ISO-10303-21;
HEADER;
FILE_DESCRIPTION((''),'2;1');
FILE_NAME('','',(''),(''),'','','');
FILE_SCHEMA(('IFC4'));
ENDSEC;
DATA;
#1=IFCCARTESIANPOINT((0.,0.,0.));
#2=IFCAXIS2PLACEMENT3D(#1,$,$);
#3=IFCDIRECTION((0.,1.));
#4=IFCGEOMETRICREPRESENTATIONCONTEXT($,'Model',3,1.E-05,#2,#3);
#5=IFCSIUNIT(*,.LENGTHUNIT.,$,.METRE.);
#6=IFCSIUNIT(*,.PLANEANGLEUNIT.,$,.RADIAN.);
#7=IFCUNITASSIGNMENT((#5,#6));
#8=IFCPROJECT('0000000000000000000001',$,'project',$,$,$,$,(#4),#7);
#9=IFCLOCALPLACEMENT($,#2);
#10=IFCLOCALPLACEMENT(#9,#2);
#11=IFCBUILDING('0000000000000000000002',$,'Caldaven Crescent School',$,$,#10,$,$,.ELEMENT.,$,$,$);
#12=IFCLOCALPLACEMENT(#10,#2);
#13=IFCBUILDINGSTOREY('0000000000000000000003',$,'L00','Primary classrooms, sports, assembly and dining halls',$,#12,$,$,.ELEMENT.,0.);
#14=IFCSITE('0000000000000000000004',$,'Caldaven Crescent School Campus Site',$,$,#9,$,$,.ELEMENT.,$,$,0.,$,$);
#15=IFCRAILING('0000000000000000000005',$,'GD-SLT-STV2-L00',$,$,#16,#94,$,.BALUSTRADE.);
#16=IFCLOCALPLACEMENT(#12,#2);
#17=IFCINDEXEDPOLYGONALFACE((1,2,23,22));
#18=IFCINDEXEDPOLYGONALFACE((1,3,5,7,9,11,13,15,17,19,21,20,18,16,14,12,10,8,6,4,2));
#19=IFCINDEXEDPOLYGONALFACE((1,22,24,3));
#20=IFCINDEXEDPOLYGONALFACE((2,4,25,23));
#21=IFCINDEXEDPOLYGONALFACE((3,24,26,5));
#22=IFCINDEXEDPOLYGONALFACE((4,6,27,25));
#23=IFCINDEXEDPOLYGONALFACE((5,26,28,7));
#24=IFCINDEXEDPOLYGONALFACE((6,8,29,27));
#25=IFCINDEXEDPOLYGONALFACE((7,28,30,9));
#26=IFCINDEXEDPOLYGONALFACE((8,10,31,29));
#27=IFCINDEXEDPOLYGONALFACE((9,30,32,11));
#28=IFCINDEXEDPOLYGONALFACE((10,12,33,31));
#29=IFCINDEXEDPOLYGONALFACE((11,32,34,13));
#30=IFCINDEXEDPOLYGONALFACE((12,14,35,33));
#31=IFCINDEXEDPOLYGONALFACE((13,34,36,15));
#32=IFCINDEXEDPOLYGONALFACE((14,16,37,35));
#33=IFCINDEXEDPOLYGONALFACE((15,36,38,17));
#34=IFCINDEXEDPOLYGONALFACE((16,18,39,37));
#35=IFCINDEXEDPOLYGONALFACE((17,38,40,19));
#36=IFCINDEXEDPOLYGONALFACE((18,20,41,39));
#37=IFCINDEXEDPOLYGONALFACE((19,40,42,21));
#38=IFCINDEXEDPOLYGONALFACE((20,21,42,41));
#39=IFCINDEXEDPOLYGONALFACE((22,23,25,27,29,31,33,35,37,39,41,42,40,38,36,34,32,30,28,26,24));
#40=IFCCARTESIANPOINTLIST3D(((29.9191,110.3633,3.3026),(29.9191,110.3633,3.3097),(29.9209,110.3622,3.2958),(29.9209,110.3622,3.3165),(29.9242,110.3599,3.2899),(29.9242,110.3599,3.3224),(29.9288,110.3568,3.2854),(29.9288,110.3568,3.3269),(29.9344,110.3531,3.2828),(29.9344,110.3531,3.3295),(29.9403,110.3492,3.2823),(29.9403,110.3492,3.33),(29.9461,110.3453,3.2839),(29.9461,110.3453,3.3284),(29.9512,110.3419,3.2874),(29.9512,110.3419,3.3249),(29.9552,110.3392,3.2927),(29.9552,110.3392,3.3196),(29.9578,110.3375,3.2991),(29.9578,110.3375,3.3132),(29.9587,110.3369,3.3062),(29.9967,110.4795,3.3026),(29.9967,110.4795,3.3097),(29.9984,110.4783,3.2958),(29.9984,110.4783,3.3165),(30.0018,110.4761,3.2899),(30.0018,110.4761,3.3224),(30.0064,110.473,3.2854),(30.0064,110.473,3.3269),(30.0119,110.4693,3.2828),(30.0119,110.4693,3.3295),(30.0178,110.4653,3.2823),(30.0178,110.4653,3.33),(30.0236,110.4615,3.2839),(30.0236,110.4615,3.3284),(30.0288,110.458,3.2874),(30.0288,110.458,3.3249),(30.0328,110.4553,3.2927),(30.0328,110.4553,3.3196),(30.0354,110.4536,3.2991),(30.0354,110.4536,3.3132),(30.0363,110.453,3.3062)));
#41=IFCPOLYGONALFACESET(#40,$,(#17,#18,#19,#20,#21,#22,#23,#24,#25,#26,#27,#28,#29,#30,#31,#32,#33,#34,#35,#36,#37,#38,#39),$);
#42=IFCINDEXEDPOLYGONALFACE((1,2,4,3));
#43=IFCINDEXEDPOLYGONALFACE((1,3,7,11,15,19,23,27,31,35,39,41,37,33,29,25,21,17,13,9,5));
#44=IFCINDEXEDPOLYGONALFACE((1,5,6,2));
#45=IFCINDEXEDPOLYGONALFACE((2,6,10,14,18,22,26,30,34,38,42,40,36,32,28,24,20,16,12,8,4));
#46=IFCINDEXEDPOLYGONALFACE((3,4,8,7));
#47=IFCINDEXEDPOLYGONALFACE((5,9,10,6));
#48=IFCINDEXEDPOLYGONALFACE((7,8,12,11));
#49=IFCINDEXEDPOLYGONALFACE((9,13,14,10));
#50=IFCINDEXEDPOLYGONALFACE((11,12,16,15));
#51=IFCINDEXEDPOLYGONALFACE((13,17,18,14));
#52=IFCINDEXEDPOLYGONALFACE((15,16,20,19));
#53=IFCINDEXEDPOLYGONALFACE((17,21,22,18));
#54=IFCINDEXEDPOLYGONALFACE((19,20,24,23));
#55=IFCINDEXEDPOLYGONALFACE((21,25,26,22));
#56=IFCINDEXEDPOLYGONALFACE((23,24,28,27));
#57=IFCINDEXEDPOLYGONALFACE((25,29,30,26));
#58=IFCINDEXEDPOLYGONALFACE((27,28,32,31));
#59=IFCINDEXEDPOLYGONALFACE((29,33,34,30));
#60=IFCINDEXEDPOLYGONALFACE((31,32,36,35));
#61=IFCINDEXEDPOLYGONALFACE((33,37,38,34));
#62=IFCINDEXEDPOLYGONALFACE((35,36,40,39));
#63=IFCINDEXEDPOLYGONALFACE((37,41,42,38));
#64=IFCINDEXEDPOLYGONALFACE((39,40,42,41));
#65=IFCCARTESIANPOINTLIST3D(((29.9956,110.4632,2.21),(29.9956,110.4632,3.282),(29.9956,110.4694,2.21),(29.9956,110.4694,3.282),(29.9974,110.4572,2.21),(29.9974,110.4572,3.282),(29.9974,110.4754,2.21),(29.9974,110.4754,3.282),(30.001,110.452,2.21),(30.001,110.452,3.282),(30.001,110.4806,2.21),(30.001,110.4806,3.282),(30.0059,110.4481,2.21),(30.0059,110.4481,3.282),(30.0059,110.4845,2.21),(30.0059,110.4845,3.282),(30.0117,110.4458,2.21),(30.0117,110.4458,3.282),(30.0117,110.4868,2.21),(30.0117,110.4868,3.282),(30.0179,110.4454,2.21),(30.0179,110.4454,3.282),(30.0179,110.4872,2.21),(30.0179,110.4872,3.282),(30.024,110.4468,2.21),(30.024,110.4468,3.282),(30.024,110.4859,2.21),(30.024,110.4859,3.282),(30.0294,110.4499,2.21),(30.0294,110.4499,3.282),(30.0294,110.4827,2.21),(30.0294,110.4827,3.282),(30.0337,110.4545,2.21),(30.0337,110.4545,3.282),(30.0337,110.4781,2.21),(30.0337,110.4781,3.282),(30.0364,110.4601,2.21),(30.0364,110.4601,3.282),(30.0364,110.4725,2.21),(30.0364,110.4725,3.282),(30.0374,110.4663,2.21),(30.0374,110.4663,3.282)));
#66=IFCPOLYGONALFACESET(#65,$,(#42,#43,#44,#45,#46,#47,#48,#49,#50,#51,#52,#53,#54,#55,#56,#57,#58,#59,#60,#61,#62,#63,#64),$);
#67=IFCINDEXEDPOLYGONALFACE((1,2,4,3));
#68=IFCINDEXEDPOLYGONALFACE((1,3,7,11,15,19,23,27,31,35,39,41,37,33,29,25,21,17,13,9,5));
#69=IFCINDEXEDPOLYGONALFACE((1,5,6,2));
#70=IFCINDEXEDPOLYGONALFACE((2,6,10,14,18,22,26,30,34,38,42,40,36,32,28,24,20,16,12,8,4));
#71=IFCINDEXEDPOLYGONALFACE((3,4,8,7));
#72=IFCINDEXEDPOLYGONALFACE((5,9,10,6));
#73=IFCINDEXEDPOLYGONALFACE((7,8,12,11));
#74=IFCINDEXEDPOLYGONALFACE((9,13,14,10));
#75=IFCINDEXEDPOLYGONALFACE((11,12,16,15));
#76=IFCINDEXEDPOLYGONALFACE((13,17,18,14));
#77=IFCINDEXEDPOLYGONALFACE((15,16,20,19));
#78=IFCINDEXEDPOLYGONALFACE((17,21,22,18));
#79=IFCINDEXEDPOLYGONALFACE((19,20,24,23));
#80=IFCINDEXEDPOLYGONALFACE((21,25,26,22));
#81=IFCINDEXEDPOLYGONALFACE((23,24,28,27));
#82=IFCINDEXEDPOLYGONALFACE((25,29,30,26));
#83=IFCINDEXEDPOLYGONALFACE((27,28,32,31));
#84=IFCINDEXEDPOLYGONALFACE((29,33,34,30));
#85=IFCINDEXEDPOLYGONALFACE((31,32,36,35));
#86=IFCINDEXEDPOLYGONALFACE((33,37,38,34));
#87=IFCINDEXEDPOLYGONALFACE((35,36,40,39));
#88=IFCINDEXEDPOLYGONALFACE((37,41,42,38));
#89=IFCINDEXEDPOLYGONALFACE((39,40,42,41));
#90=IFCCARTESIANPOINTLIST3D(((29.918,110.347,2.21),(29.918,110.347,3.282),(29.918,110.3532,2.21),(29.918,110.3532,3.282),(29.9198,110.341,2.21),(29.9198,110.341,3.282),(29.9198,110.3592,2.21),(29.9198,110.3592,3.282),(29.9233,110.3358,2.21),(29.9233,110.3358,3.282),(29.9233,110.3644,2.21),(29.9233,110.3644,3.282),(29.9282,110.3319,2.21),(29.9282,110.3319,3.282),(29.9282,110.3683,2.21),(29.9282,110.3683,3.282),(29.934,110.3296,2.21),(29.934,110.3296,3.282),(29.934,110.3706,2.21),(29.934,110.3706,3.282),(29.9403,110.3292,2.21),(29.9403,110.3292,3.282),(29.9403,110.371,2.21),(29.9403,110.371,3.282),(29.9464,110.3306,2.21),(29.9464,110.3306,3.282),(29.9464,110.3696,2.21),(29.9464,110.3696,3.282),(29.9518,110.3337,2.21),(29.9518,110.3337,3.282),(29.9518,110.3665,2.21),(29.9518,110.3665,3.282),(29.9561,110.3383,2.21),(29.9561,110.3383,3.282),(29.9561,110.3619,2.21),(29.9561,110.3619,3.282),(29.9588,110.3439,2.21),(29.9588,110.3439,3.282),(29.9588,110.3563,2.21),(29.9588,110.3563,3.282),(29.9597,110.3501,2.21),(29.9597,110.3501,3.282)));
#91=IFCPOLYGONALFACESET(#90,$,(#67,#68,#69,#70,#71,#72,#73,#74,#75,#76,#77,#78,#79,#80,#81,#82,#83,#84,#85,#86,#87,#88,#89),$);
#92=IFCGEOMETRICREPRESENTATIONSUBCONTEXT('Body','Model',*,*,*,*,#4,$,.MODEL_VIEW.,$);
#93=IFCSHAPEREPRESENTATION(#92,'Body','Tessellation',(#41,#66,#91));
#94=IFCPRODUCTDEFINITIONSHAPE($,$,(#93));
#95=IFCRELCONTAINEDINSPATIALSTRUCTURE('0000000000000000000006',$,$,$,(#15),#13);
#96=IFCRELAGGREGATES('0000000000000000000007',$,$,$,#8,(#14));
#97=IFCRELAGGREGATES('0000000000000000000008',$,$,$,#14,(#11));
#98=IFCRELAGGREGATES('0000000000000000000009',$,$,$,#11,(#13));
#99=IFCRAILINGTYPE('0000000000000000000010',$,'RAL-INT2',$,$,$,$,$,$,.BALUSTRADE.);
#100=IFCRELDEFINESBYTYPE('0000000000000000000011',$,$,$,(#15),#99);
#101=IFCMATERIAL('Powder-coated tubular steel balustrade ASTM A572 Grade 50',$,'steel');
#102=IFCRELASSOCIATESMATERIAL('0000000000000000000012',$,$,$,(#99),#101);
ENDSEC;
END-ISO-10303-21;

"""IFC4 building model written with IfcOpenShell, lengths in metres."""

from ifc_helpers import new_model, si_unit, direction, frame, origin, origin_2d, place, context, subcontext, project, spatial, circle, extrude, material, type_object, element, save


model = new_model("IFC4")

# Units and contexts
model_context = context("Model", 3, precision=1e-05, world=origin(), true_north=direction((0.0, 1.0)))
body_context = subcontext(model_context, "Body", "Model", "MODEL_VIEW")
ifc_project = project(units=[si_unit("LENGTHUNIT", "METRE"), si_unit("PLANEANGLEUNIT", "RADIAN")], contexts=[model_context])

# Site, building, storey
site_placement = place(None, origin())
site = spatial("IfcSite", under=ifc_project, at=site_placement, Name="Caldaven Crescent School Campus Site", CompositionType="ELEMENT", RefElevation=0.0)
building_placement = place(site_placement, origin())
building = spatial("IfcBuilding", under=site, at=building_placement, Name="Caldaven Crescent School", CompositionType="ELEMENT")
storey_placement = place(building_placement, origin())
storey = spatial("IfcBuildingStorey", under=building, at=storey_placement, Name="L00", Description="Primary classrooms, sports, assembly and dining halls", CompositionType="ELEMENT", Elevation=0.0)

# Railing
ifc_material_1 = material(Name="Powder-coated tubular steel balustrade ASTM A572 Grade 50", Category="steel")
railing_type_1 = type_object("IfcRailingType", Name="RAL-INT2", PredefinedType="BALUSTRADE", material=ifc_material_1)
railing_1_placement = place(storey_placement, frame((30.0164, 110.4663, 2.21)))
element("IfcRailing", 1, at=railing_1_placement, inside=storey, type_object=railing_type_1, Name="GD-SLT-STV2-L00", PredefinedType="BALUSTRADE", context=body_context, shape_type="SweptSolid", body=[
    extrude(circle(Radius=0.0239, at=origin_2d()), frame((0.0, 0.0, 1.0962), z_axis=(-0.555506, -0.831512, 0.0), x_axis=(0.831512, -0.555506, 0.0)), (0.0, 0.0, 1.0), 0.1396),
    extrude(circle(Radius=0.021, at=origin_2d()), origin(), (0.0, 0.0, 1.0), 1.072),
    extrude(circle(Radius=0.021, at=origin_2d()), frame((-0.0776, -0.1162, 0.0)), (0.0, 0.0, 1.0), 1.072),
])

save(model, "model.ifc")
